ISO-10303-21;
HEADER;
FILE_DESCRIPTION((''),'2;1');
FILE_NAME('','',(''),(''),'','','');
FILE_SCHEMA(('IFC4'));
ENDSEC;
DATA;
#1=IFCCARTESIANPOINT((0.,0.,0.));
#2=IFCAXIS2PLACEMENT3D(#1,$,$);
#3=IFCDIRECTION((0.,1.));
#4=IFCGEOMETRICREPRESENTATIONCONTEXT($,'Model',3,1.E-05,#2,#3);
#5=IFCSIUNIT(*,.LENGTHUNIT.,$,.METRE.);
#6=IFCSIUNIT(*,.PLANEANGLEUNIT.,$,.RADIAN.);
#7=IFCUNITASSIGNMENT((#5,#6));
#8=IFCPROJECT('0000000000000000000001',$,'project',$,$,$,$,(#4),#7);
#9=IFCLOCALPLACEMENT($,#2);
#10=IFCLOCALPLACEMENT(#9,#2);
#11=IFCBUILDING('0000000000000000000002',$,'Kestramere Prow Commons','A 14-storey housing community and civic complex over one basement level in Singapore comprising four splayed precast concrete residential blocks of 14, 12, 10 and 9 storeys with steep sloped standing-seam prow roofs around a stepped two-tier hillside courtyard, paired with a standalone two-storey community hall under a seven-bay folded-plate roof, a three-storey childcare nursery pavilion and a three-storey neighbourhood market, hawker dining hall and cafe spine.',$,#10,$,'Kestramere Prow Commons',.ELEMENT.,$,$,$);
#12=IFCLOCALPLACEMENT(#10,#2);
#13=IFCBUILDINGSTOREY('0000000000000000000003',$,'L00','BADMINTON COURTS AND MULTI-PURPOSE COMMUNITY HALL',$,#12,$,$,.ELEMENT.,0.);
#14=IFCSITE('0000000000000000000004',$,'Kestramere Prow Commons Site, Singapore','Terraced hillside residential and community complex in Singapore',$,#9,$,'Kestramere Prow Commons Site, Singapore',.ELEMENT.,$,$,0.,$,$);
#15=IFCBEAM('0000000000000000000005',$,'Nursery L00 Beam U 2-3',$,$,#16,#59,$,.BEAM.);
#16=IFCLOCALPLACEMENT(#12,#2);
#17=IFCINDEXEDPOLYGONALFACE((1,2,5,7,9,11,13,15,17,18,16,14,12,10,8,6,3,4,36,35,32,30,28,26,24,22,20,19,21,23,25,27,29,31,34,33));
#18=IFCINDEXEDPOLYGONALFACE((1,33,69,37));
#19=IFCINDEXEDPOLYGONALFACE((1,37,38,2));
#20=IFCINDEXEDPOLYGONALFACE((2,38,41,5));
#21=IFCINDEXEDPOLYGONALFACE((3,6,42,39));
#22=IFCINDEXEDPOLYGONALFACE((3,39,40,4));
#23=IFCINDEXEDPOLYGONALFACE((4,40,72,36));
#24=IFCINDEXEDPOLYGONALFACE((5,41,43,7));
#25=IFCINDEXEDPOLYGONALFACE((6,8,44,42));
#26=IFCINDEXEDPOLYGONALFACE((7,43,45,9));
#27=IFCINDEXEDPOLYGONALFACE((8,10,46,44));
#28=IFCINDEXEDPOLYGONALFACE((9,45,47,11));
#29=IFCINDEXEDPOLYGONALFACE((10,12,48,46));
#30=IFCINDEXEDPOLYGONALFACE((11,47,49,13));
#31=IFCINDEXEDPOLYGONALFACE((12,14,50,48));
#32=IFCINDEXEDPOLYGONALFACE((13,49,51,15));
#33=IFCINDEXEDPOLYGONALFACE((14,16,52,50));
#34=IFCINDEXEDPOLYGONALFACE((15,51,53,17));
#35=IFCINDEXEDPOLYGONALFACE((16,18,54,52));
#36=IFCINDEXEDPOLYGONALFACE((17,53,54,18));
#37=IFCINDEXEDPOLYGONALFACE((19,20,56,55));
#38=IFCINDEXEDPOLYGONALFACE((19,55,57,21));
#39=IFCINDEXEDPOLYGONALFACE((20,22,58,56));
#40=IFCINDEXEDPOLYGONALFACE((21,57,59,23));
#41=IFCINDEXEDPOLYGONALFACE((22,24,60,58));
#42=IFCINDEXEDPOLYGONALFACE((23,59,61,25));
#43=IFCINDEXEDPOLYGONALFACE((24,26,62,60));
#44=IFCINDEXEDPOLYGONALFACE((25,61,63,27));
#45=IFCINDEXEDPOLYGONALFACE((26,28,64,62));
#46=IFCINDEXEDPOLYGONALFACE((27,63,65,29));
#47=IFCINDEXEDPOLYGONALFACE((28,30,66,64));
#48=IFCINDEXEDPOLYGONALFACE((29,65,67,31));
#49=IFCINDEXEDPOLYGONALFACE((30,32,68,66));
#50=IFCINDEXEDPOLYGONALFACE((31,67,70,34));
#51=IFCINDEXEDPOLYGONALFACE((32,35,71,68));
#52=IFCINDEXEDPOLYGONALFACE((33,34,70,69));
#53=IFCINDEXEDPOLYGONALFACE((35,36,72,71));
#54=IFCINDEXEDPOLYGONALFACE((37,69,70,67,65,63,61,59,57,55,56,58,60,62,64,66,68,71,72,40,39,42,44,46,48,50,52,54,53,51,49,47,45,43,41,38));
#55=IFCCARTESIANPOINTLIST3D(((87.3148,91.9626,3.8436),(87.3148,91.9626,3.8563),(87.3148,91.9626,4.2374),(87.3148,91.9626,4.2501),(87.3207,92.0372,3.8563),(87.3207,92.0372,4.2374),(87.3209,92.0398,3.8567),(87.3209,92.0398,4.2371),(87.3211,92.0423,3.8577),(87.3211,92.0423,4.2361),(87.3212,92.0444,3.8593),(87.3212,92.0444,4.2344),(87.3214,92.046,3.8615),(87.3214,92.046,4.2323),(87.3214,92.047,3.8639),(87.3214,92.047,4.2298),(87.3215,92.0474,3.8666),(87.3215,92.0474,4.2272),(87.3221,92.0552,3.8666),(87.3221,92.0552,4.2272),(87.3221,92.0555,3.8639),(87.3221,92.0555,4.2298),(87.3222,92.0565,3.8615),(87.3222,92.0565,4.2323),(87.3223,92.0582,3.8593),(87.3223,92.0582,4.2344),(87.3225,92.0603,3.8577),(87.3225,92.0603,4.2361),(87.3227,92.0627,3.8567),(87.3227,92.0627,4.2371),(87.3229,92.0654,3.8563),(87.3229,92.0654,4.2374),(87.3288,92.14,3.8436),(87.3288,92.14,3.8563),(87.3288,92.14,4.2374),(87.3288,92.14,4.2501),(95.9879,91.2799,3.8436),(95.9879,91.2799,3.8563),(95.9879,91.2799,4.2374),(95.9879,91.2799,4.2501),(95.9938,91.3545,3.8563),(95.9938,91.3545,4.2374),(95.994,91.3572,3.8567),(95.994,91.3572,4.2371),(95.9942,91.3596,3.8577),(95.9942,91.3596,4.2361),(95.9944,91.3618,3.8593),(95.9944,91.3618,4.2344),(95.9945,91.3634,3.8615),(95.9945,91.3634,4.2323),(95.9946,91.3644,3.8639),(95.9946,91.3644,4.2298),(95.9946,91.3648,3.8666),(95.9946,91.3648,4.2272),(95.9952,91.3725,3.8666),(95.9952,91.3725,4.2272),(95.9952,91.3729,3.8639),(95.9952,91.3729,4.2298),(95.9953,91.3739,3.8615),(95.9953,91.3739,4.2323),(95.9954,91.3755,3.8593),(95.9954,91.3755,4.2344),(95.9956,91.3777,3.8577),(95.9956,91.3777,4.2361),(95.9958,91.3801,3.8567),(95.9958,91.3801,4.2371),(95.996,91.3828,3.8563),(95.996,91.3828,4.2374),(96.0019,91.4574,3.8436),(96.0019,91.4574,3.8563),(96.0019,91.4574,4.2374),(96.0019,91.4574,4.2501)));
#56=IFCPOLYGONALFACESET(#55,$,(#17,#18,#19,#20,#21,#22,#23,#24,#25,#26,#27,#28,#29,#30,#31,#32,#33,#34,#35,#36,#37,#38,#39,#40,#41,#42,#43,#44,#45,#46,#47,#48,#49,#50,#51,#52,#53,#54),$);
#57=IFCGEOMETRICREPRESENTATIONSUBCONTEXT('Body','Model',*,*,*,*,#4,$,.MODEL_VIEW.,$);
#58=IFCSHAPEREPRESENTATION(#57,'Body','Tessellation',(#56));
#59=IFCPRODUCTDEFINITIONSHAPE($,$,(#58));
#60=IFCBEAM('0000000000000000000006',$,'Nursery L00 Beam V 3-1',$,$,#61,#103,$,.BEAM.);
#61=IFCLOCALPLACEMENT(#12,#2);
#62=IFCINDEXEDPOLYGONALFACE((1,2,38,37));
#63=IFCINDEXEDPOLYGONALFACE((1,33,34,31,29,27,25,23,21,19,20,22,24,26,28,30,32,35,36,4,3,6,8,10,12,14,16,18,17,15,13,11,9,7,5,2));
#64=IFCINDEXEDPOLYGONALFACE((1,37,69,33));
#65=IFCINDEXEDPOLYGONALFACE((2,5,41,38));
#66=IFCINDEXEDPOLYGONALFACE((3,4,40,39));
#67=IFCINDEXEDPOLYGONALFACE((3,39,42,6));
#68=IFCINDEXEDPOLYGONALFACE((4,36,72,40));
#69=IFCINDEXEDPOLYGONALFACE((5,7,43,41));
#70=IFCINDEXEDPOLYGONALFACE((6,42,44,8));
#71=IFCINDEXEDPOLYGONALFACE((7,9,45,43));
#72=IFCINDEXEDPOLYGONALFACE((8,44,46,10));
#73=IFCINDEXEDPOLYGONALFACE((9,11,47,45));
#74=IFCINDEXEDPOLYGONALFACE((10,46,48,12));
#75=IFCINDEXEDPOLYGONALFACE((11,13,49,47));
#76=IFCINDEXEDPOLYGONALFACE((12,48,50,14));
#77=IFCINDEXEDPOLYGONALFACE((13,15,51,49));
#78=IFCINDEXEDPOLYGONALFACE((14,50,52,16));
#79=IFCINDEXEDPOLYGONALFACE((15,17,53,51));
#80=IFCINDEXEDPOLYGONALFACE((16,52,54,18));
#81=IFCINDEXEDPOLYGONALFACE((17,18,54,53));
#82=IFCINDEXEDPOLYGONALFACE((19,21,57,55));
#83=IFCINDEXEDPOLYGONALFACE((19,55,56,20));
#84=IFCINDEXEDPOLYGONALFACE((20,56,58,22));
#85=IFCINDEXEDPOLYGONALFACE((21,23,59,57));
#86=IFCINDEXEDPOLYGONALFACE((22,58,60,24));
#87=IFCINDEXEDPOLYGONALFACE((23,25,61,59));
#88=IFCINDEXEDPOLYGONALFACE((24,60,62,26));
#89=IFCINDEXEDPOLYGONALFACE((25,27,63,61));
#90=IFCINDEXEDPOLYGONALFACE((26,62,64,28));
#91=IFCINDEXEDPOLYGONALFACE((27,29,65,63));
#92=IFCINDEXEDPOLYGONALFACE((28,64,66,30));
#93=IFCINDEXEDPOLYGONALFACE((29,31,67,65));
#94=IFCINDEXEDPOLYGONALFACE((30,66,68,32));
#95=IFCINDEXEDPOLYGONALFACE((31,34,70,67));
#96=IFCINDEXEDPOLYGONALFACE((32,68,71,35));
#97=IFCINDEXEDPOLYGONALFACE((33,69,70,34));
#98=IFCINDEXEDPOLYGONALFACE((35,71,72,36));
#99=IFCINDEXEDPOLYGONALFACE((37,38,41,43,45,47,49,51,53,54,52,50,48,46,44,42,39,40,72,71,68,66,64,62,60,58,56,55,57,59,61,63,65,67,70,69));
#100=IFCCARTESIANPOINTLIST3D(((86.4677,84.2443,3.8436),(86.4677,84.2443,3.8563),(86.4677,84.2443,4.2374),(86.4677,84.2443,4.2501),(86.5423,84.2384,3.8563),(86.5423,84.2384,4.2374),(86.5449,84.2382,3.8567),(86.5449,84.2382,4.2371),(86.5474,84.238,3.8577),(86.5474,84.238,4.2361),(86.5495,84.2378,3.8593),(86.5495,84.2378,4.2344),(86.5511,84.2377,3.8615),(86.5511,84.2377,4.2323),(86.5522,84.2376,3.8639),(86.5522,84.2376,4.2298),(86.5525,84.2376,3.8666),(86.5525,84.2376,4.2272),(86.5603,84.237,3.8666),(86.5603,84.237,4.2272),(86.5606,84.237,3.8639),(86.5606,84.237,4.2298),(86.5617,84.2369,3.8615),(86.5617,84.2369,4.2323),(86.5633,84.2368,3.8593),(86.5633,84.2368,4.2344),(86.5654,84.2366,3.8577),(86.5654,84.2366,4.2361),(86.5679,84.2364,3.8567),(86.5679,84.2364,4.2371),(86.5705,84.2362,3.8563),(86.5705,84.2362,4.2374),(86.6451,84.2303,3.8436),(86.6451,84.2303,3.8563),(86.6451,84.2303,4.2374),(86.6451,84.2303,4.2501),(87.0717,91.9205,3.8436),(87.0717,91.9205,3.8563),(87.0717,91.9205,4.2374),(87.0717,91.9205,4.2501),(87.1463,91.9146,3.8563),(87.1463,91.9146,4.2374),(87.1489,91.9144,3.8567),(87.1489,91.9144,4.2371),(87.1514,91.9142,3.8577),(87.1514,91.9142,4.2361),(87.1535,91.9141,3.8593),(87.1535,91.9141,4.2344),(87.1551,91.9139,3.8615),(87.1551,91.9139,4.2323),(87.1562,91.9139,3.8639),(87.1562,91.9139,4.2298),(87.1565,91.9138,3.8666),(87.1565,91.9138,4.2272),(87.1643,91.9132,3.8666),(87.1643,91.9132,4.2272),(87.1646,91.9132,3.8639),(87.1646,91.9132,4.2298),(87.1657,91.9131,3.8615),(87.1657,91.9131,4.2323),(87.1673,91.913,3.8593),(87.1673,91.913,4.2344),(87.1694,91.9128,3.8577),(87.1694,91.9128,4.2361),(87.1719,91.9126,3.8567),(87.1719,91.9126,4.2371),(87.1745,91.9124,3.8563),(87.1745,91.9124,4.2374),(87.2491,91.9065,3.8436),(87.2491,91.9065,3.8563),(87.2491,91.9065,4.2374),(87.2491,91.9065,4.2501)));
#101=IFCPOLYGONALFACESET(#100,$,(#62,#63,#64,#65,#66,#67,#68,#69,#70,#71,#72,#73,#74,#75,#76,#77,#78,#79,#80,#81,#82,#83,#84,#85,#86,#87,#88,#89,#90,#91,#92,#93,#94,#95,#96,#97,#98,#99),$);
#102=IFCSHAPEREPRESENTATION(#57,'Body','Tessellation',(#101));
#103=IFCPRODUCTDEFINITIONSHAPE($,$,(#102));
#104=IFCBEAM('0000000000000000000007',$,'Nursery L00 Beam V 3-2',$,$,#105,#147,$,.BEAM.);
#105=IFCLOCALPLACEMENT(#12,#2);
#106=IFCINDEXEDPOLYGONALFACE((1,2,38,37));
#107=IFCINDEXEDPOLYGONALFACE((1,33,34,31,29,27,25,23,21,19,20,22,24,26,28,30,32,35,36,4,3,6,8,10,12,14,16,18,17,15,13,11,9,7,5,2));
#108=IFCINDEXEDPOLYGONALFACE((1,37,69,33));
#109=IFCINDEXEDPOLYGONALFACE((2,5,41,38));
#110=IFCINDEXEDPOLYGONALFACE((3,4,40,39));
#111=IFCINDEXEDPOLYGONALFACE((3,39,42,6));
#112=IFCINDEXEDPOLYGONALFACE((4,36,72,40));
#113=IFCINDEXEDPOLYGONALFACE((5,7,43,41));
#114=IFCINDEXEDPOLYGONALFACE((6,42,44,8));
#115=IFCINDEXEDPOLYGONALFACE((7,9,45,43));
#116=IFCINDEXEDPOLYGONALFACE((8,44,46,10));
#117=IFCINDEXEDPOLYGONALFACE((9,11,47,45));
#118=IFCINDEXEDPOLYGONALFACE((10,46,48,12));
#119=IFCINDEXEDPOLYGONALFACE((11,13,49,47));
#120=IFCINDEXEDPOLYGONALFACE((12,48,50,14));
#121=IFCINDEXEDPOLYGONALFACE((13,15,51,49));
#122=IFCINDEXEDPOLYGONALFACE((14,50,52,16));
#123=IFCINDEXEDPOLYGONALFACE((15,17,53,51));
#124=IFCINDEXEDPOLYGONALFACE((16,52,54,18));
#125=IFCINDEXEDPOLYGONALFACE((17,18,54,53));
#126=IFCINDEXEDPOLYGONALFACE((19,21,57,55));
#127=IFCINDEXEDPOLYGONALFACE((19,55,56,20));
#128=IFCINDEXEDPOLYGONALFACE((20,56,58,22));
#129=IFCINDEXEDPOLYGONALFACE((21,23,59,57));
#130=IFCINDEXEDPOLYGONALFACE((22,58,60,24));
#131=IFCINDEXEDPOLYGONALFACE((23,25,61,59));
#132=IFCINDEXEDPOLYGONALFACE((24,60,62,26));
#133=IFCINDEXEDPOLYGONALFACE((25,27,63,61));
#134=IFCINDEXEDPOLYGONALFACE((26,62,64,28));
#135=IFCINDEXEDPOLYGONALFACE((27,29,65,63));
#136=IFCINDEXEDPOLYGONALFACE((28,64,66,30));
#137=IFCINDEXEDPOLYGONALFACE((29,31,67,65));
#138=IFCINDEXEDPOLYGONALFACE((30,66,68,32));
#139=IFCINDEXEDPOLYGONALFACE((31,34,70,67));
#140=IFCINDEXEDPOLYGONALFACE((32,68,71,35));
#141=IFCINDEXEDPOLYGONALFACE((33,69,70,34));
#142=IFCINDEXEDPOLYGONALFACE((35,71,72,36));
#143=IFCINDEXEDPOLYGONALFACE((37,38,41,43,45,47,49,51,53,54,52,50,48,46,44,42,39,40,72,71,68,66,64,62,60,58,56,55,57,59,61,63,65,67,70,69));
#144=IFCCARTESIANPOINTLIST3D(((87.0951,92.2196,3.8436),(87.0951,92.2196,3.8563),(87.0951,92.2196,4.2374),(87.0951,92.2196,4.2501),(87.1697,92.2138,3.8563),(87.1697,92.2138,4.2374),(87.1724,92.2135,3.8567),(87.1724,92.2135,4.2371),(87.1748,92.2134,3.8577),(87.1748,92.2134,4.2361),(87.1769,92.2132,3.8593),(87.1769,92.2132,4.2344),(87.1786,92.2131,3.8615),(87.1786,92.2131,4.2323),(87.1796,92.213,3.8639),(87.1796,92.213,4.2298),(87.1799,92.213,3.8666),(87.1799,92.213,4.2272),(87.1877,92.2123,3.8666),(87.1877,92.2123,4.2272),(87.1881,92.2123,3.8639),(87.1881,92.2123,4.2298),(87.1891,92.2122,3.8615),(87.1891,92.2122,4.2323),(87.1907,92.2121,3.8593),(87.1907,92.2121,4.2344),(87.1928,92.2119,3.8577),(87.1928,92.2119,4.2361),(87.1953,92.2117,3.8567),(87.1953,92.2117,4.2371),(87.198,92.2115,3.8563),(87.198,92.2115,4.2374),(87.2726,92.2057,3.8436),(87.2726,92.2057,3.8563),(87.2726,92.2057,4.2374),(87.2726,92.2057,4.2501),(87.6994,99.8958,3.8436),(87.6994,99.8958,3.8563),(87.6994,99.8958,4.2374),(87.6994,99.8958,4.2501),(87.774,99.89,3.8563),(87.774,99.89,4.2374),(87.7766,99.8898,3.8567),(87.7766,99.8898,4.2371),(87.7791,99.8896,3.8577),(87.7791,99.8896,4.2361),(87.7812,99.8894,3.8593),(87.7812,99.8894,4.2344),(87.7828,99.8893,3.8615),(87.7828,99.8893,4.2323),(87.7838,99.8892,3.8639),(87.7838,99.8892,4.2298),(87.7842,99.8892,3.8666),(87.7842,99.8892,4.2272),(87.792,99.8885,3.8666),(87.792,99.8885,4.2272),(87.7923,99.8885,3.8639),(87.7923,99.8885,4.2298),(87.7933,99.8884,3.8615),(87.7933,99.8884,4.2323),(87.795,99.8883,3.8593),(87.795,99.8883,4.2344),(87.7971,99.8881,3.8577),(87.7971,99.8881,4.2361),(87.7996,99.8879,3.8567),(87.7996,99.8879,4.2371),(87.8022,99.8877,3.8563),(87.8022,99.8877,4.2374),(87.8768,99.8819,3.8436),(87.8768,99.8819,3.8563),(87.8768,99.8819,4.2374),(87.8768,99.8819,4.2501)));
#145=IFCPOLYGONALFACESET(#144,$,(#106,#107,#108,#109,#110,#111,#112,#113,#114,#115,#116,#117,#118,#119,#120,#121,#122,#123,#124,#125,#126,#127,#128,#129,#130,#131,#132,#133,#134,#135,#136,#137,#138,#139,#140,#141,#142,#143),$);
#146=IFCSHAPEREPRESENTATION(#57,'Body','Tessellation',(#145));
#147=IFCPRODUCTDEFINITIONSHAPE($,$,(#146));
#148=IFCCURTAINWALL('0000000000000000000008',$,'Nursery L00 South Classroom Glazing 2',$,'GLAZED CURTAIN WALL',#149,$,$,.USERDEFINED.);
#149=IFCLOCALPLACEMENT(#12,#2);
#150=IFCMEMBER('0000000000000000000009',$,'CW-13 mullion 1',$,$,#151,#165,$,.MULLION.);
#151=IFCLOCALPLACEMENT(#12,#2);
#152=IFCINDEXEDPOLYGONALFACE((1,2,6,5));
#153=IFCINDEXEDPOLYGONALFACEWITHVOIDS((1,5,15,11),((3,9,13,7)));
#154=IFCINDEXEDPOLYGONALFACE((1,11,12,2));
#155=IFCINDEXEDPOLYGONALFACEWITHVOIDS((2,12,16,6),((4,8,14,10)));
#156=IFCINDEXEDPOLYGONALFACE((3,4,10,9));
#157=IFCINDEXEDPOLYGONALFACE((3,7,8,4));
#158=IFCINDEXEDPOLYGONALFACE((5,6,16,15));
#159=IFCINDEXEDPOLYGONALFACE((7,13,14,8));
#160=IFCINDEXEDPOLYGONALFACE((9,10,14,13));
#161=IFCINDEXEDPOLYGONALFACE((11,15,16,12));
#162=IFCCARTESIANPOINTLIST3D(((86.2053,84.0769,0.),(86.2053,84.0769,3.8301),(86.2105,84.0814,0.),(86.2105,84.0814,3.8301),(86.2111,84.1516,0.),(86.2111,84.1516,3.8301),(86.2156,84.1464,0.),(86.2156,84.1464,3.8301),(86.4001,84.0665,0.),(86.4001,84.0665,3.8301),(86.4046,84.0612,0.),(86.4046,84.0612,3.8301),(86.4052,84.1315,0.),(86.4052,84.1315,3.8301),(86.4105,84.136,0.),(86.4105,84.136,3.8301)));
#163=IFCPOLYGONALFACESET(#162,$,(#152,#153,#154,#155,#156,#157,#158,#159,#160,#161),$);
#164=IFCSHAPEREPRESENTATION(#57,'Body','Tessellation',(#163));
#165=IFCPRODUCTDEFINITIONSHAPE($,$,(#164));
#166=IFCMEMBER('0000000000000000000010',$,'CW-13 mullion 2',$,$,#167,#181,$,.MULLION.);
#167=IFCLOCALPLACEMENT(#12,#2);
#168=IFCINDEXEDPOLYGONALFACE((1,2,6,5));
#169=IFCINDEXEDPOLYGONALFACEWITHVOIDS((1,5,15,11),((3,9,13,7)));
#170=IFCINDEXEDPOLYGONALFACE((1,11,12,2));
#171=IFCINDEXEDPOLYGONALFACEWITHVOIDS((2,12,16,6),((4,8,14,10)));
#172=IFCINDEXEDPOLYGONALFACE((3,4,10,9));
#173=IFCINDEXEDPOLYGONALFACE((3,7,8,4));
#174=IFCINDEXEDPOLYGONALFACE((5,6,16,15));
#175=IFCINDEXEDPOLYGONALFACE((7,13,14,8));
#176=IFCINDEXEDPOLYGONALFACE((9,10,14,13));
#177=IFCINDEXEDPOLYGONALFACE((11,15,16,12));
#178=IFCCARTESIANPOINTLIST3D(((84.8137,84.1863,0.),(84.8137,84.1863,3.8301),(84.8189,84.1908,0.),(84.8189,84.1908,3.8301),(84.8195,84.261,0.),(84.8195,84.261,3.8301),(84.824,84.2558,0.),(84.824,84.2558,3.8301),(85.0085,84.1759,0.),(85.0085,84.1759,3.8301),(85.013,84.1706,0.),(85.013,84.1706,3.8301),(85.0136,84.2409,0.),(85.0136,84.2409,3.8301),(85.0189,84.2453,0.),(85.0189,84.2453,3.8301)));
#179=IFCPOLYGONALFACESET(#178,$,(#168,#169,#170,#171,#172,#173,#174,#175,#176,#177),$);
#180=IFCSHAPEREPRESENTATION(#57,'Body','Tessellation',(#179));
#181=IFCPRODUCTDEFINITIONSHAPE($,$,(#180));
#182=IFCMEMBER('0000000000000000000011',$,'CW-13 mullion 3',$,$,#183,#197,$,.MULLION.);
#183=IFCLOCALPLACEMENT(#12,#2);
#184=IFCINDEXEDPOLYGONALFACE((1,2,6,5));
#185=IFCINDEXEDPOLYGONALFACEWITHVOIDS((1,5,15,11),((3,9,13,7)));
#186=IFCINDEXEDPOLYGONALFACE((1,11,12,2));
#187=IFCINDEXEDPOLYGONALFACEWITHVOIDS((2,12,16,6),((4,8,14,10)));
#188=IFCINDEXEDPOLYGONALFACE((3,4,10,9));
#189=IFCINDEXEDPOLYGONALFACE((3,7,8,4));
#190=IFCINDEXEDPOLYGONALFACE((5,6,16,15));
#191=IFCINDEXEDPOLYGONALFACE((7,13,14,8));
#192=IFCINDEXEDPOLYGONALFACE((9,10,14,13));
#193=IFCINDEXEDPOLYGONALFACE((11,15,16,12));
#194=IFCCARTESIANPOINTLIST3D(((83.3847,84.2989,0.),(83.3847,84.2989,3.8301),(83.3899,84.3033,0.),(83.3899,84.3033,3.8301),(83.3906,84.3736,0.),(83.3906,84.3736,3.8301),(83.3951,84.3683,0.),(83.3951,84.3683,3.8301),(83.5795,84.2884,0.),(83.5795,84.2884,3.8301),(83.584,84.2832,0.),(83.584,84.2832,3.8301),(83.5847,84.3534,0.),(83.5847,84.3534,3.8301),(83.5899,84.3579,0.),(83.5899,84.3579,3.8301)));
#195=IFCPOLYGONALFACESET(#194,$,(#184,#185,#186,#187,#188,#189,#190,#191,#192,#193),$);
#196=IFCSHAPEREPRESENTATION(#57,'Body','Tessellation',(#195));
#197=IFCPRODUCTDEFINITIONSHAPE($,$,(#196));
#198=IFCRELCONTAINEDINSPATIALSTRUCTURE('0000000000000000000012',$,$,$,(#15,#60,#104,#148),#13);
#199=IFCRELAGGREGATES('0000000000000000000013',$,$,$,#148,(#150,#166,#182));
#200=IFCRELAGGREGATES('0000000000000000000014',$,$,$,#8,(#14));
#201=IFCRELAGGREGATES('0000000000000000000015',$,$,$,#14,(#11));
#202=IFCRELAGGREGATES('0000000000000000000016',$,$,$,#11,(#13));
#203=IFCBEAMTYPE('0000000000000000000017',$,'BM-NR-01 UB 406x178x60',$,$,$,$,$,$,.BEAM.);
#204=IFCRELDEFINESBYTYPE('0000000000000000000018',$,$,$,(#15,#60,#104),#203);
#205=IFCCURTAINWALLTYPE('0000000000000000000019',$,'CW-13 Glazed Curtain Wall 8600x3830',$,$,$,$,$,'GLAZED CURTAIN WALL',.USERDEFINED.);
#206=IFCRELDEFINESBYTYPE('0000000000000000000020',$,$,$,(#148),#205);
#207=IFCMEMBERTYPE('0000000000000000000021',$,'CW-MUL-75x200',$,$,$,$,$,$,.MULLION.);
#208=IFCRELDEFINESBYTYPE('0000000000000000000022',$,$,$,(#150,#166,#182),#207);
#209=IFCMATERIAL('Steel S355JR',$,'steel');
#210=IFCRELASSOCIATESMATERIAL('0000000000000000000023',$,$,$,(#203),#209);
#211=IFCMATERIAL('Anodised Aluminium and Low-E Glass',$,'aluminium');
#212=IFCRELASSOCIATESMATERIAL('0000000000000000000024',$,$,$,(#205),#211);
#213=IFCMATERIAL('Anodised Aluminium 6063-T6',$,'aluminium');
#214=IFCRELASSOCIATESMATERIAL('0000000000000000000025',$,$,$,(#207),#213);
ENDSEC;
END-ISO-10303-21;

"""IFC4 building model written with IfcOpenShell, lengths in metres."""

from ifc_helpers import new_model, si_unit, direction, frame, origin, origin_2d, place, context, subcontext, project, spatial, hollow_rectangle, i_section, extrude, material, material_profile, profile_set, type_object, element, aggregate, save


model = new_model("IFC4")

# Units and contexts
model_context = context("Model", 3, precision=1e-05, world=origin(), true_north=direction((0.0, 1.0)))
body_context = subcontext(model_context, "Body", "Model", "MODEL_VIEW")
ifc_project = project(units=[si_unit("LENGTHUNIT", "METRE"), si_unit("PLANEANGLEUNIT", "RADIAN")], contexts=[model_context])

# Site, building, storey
site_placement = place(None, origin())
site = spatial("IfcSite", under=ifc_project, at=site_placement, Name="Kestramere Prow Commons Site, Singapore", Description="Terraced hillside residential and community complex in Singapore", LongName="Kestramere Prow Commons Site, Singapore", CompositionType="ELEMENT", RefElevation=0.0)
building_placement = place(site_placement, origin())
building = spatial("IfcBuilding", under=site, at=building_placement, Name="Kestramere Prow Commons", Description="A 14-storey housing community and civic complex over one basement level in Singapore comprising four splayed precast concrete residential blocks of 14, 12, 10 and 9 storeys with steep sloped standing-seam prow roofs around a stepped two-tier hillside courtyard, paired with a standalone two-storey community hall under a seven-bay folded-plate roof, a three-storey childcare nursery pavilion and a three-storey neighbourhood market, hawker dining hall and cafe spine.", LongName="Kestramere Prow Commons", CompositionType="ELEMENT")
storey_placement = place(building_placement, origin())
storey = spatial("IfcBuildingStorey", under=building, at=storey_placement, Name="L00", Description="BADMINTON COURTS AND MULTI-PURPOSE COMMUNITY HALL", CompositionType="ELEMENT", Elevation=0.0)

# Shared definitions
ifc_material_1 = material(Name="Steel S355JR", Category="steel")

# Beams
ifc_material_profile_1 = material_profile(ifc_material_1, i_section(OverallWidth=0.178, OverallDepth=0.4065, WebThickness=0.0078, FlangeThickness=0.0127, FilletRadius=0.0103, at=origin_2d()), Name="UB 406x178x60")
ifc_profile_set_1 = profile_set([ifc_material_profile_1], Name="Steel S355JR")
beam_type = type_object("IfcBeamType", Name="BM-NR-01 UB 406x178x60", PredefinedType="BEAM", material=ifc_profile_set_1)
beam_placement = place(storey_placement, frame((87.3218, 92.0513, 4.0469), z_axis=(0.996917, -0.078462, 0.0), x_axis=(0.078462, 0.996917, 0.0)))
element("IfcBeam", 1, at=beam_placement, inside=storey, type_object=beam_type, Name="Nursery L00 Beam U 2-3", PredefinedType="BEAM", context=body_context, shape_type="SweptSolid", body=[
    extrude(i_section(OverallWidth=0.178, OverallDepth=0.4065, WebThickness=0.0078, FlangeThickness=0.0127, FilletRadius=0.0103, at=origin_2d()), origin(), (0.0, 0.0, 1.0), 8.7),
])
for number, where, z_axis, x_axis, name in (
    (2, (86.5564, 84.2373, 4.0469), (0.078442, 0.996919, 0.0), (-0.996919, 0.078442, 0.0), "Nursery L00 Beam V 3-1"),
    (3, (87.1838, 92.2126, 4.0469), (0.078474, 0.996916, 0.0), (-0.996916, 0.078474, 0.0), "Nursery L00 Beam V 3-2"),
):
    element("IfcBeam", number, at=place(storey_placement, frame(where, z_axis=z_axis, x_axis=x_axis)), inside=storey, type_object=beam_type, Name=name, PredefinedType="BEAM", context=body_context, shape_type="SweptSolid", body=[
        extrude(i_section(OverallWidth=0.178, OverallDepth=0.4065, WebThickness=0.0078, FlangeThickness=0.0127, FilletRadius=0.0103, at=origin_2d()), origin(), (0.0, 0.0, 1.0), 7.7),
    ])

# Curtain wall, members
ifc_material_2 = material(Name="Anodised Aluminium and Low-E Glass", Category="aluminium")
curtain_wall_type = type_object("IfcCurtainWallType", Name="CW-13 Glazed Curtain Wall 8600x3830", ElementType="GLAZED CURTAIN WALL", PredefinedType="USERDEFINED", material=ifc_material_2)
curtain_wall_placement = place(storey_placement, origin())
curtain_wall = element("IfcCurtainWall", 4, at=curtain_wall_placement, inside=storey, type_object=curtain_wall_type, Name="Nursery L00 South Classroom Glazing 2", ObjectType="GLAZED CURTAIN WALL", PredefinedType="USERDEFINED")
ifc_material_3 = material(Name="Anodised Aluminium 6063-T6", Category="aluminium")
ifc_material_profile_2 = material_profile(ifc_material_3, hollow_rectangle(XDim=0.075, YDim=0.2, WallThickness=0.0049, at=origin_2d()), Name="ALU-MUL 75x200")
ifc_profile_set_2 = profile_set([ifc_material_profile_2], Name="Anodised Aluminium 6063-T6")
member_type_1 = type_object("IfcMemberType", Name="CW-MUL-75x200", PredefinedType="MULLION", material=ifc_profile_set_2)
member_1_placement = place(storey_placement, frame((86.3079, 84.1064, 0.0), z_axis=(0.0, 0.0, 1.0), x_axis=(-0.078459, -0.996917, 0.0)))
member_1 = element("IfcMember", 5, at=member_1_placement, type_object=member_type_1, Name="CW-13 mullion 1", PredefinedType="MULLION", context=body_context, shape_type="SweptSolid", body=[
    extrude(hollow_rectangle(XDim=0.075, YDim=0.2, WallThickness=0.0049, at=origin_2d()), origin(), (0.0, 0.0, 1.0), 3.8301),
])
member_2_placement = place(storey_placement, frame((84.9163, 84.2158, 0.0), z_axis=(0.0, 0.0, 1.0), x_axis=(-0.078459, -0.996917, 0.0)))
member_2 = element("IfcMember", 6, at=member_2_placement, type_object=member_type_1, Name="CW-13 mullion 2", PredefinedType="MULLION", context=body_context, shape_type="SweptSolid", body=[
    extrude(hollow_rectangle(XDim=0.075, YDim=0.2, WallThickness=0.0049, at=origin_2d()), origin(), (0.0, 0.0, 1.0), 3.8301),
])
member_3_placement = place(storey_placement, frame((83.4873, 84.3284, 0.0), z_axis=(0.0, 0.0, 1.0), x_axis=(-0.078459, -0.996917, 0.0)))
member_3 = element("IfcMember", 7, at=member_3_placement, type_object=member_type_1, Name="CW-13 mullion 3", PredefinedType="MULLION", context=body_context, shape_type="SweptSolid", body=[
    extrude(hollow_rectangle(XDim=0.075, YDim=0.2, WallThickness=0.0049, at=origin_2d()), origin(), (0.0, 0.0, 1.0), 3.8301),
])
aggregate(curtain_wall, [member_1, member_2, member_3])

save(model, "model.ifc")
